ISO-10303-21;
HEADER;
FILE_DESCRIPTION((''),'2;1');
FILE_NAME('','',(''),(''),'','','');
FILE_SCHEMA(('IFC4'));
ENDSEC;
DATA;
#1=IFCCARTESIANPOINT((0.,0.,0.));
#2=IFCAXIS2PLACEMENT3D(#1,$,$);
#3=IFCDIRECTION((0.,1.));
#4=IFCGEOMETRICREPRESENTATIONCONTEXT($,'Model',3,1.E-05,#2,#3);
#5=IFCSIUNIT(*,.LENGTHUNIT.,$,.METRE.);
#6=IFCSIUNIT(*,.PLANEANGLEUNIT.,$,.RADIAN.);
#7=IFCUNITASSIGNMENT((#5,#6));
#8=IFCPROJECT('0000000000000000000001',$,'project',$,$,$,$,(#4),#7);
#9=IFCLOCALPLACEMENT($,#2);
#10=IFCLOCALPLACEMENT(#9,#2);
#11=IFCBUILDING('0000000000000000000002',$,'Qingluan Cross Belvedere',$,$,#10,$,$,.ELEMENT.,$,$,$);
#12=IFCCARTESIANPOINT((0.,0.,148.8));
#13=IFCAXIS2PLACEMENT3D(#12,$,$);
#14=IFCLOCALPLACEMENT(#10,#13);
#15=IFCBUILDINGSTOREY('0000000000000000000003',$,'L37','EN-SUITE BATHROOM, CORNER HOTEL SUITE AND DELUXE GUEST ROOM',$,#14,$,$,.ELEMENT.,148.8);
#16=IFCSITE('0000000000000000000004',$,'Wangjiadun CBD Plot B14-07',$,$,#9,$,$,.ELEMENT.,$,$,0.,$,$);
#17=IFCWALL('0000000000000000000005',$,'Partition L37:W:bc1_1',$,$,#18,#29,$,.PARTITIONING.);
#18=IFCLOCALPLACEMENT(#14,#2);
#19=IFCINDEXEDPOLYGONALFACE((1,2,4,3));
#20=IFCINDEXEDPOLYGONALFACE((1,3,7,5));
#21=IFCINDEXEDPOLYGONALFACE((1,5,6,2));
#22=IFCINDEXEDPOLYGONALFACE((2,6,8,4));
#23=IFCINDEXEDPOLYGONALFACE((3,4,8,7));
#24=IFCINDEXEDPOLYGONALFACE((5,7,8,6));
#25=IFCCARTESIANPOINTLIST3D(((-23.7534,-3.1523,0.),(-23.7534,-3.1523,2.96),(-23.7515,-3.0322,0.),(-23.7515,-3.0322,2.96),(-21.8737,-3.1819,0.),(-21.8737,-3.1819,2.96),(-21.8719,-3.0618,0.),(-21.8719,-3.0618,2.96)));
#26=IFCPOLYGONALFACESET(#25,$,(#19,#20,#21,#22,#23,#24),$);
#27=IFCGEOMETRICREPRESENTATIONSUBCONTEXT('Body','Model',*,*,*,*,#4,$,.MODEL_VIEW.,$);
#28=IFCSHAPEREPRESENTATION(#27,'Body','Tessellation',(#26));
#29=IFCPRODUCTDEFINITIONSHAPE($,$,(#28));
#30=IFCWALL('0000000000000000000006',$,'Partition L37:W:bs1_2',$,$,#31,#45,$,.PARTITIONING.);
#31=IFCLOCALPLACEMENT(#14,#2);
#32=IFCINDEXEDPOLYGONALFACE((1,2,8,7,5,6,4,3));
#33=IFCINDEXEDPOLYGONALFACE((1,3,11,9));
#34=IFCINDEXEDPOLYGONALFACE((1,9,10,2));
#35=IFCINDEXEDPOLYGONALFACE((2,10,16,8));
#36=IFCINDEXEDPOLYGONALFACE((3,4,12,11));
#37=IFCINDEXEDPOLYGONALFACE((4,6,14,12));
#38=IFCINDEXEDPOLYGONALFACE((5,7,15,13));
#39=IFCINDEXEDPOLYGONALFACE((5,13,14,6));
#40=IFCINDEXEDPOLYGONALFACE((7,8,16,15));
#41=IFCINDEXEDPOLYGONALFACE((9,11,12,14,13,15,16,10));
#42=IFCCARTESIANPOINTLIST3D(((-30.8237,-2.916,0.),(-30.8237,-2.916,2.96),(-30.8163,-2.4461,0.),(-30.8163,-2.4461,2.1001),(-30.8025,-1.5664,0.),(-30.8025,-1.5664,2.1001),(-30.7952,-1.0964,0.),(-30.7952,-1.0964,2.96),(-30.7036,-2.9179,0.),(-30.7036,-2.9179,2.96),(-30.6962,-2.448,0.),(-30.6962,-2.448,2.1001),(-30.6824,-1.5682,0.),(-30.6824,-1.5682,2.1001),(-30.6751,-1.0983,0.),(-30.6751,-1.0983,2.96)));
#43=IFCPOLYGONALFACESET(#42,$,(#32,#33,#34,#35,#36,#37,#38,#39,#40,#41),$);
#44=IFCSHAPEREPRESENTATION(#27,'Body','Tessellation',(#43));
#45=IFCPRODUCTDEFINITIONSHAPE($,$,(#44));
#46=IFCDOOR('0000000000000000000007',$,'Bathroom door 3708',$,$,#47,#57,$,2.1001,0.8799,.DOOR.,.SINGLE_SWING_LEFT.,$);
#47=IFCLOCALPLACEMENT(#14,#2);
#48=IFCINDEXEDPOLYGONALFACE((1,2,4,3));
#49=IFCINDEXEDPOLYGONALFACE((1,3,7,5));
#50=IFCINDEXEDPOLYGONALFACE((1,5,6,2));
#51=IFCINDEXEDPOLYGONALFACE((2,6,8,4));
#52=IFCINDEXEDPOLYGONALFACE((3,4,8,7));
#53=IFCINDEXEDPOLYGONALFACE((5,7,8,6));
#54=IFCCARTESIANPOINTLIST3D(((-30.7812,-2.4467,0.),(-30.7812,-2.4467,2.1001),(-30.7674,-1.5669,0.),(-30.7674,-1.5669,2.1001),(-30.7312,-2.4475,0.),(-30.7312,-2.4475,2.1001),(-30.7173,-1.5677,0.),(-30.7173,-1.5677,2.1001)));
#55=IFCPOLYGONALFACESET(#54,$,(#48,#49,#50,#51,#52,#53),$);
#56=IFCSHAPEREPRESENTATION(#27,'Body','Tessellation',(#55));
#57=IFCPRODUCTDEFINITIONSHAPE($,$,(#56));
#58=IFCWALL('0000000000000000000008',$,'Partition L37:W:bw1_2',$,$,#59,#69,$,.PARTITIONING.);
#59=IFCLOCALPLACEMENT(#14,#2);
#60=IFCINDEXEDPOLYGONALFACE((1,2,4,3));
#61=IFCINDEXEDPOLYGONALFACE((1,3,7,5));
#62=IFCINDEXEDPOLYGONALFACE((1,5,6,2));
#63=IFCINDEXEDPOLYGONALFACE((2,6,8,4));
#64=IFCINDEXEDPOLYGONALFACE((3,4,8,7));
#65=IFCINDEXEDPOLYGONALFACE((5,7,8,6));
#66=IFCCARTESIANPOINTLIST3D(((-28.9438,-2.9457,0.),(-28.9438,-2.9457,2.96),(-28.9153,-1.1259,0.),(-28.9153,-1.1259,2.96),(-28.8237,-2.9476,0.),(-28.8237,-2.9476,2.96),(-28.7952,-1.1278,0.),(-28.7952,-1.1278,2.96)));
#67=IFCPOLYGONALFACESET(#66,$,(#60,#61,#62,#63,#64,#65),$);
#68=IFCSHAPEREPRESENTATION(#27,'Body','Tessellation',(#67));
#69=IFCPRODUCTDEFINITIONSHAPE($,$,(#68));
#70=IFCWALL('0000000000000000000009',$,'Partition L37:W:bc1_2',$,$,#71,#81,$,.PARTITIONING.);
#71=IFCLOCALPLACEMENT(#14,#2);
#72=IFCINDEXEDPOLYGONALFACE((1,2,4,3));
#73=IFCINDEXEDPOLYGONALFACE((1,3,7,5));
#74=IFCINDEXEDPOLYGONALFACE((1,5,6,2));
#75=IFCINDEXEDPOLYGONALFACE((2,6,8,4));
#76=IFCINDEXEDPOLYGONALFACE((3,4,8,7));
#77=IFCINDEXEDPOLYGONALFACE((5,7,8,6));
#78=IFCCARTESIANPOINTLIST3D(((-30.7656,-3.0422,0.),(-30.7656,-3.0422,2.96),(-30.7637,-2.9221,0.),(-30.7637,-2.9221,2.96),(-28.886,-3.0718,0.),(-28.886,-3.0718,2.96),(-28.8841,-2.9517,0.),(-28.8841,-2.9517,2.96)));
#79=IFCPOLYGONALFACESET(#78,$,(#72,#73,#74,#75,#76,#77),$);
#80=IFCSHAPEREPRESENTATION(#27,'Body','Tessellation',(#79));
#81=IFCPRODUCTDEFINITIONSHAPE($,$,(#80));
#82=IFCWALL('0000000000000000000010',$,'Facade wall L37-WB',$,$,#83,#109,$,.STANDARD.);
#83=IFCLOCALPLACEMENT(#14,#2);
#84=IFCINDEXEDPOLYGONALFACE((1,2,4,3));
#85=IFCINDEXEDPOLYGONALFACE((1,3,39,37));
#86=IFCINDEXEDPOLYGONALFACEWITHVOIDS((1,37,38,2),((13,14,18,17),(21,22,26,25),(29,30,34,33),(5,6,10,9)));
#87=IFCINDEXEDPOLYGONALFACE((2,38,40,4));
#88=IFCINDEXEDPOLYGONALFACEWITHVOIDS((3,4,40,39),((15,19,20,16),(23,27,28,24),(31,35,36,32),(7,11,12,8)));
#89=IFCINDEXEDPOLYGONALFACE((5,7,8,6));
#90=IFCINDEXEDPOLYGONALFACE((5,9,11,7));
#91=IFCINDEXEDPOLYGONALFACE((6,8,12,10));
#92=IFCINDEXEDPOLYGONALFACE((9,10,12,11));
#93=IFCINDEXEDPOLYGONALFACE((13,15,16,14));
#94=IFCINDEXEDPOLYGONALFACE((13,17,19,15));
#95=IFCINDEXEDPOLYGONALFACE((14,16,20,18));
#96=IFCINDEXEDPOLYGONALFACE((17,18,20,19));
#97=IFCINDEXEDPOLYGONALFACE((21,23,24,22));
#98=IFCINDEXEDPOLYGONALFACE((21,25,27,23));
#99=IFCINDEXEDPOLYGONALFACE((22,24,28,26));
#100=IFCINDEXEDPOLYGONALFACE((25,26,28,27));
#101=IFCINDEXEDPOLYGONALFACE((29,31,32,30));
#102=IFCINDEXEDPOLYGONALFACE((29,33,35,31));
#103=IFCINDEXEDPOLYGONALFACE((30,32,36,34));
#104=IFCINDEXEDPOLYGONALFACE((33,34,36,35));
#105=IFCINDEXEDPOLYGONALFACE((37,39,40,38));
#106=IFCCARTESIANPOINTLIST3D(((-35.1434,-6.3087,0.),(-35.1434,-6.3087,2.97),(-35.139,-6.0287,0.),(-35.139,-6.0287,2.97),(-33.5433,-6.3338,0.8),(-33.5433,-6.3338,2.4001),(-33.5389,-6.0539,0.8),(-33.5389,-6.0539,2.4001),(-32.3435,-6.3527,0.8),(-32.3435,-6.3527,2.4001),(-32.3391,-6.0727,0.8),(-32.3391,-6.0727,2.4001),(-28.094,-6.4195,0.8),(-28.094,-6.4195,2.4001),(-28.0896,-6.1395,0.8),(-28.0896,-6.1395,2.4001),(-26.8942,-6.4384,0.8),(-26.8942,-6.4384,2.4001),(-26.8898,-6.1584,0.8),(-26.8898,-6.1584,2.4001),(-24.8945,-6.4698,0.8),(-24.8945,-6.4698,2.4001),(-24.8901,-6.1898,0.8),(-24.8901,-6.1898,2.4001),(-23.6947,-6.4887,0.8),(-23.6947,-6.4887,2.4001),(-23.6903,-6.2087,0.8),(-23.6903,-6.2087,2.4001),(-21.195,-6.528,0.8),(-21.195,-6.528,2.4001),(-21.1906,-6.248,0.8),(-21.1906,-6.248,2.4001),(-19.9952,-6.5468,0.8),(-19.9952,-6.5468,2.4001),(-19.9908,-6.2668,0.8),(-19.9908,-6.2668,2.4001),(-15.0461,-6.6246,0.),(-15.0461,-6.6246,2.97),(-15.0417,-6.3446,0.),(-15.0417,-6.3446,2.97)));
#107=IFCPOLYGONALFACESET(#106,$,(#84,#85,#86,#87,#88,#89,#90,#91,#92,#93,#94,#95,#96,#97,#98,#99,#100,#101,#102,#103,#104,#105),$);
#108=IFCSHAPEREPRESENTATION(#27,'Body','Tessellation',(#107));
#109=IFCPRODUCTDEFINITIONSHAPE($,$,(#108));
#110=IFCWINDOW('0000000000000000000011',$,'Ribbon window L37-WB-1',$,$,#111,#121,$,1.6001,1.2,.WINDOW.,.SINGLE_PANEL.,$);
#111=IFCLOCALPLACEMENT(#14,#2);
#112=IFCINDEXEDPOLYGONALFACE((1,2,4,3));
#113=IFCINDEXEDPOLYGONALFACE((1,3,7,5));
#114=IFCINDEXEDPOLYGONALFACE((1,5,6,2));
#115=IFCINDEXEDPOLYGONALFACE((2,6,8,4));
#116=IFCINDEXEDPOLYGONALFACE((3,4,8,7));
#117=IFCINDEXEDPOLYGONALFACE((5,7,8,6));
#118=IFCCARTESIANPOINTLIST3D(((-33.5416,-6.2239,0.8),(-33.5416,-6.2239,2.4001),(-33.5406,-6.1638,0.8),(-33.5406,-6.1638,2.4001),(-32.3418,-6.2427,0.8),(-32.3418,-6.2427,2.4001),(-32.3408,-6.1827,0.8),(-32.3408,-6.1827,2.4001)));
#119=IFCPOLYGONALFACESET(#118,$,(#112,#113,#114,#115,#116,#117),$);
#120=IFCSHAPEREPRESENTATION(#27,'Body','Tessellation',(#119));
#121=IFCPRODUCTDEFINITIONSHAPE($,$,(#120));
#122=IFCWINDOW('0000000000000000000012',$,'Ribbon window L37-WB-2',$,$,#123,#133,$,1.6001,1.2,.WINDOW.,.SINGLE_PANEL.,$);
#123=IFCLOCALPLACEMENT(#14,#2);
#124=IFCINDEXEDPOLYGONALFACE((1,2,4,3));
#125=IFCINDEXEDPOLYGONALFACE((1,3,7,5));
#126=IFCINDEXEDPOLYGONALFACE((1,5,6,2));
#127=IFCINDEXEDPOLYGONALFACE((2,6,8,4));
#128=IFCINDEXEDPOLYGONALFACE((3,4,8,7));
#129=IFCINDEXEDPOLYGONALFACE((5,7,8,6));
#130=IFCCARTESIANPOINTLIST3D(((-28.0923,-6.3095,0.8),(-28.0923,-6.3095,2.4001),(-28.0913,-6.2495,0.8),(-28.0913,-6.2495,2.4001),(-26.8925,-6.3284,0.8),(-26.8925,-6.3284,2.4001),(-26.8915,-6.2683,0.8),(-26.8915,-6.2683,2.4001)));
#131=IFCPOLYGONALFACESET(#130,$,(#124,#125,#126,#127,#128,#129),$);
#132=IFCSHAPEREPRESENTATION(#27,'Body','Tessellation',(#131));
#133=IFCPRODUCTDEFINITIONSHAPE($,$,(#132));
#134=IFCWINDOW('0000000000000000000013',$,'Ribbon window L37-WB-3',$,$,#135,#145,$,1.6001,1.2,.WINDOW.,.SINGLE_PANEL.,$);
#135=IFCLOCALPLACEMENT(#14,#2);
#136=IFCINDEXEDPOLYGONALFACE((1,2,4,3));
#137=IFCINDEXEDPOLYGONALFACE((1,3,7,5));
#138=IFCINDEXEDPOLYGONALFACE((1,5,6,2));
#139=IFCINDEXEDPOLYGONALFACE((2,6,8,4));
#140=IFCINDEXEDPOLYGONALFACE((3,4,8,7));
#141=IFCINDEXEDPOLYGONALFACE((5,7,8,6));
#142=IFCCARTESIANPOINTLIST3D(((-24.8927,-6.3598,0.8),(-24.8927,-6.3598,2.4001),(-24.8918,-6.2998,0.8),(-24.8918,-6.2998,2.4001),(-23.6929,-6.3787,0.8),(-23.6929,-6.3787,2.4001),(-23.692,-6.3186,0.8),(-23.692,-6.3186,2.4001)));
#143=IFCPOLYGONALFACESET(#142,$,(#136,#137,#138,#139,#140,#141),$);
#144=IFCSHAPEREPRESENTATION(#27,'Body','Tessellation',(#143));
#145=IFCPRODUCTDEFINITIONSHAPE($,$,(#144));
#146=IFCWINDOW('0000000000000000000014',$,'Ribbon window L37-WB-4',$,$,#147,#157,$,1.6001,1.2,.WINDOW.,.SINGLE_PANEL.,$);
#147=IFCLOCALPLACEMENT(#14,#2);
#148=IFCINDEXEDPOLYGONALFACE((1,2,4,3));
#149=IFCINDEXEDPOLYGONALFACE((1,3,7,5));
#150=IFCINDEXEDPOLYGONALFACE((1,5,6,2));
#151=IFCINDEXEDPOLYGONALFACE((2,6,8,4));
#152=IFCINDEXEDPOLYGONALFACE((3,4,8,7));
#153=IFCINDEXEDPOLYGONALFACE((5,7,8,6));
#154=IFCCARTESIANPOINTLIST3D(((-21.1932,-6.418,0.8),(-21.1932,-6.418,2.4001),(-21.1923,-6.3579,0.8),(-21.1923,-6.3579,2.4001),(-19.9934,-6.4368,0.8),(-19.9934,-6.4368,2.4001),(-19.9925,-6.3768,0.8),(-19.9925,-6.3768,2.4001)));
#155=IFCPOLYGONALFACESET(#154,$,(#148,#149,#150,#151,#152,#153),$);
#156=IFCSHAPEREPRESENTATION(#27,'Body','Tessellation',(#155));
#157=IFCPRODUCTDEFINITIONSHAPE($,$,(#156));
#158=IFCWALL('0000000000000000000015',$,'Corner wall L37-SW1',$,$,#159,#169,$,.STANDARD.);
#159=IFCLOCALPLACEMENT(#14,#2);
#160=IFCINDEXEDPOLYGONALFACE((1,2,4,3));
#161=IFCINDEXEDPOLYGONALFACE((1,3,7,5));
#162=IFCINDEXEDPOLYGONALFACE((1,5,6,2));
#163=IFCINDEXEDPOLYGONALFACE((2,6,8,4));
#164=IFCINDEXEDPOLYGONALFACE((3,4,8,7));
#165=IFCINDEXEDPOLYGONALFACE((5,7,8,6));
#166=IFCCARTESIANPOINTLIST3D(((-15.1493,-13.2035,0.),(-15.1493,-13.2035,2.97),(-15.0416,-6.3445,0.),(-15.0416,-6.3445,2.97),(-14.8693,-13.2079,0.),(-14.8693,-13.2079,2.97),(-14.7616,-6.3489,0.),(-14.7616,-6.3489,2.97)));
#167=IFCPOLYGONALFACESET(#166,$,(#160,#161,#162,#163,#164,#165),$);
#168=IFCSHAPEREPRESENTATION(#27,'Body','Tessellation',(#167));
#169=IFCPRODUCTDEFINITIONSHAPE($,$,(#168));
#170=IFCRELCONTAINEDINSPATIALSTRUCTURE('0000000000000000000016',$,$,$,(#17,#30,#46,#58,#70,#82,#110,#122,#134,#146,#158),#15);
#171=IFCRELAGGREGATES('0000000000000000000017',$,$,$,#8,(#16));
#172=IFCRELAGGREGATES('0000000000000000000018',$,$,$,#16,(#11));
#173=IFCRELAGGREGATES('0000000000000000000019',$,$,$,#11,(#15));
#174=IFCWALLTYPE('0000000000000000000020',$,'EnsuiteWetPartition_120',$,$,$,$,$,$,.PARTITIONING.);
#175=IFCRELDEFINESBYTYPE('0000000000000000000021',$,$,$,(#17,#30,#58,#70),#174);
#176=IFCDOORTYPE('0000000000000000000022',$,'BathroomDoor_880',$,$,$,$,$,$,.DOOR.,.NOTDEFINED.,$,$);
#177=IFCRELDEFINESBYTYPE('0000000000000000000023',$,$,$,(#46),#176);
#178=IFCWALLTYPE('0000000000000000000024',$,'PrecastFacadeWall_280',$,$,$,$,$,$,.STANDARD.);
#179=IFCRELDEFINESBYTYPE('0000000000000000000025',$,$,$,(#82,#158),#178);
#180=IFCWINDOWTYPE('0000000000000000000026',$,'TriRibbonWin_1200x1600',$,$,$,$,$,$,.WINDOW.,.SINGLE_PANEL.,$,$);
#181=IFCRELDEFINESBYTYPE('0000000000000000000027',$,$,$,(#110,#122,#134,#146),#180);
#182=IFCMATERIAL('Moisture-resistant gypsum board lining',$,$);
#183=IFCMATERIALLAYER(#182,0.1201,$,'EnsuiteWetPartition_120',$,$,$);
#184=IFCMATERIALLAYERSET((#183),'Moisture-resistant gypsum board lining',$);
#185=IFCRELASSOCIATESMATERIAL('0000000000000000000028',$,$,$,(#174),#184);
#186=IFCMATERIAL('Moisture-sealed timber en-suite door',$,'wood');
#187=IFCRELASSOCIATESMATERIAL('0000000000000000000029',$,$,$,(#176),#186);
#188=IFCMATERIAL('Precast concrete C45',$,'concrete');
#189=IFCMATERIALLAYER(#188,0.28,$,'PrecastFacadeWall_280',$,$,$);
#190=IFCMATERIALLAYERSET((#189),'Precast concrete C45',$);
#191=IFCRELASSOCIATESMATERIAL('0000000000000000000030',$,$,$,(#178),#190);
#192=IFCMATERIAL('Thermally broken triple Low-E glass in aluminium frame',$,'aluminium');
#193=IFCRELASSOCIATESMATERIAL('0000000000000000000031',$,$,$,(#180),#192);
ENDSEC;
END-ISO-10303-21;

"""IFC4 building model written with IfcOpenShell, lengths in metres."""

from ifc_helpers import new_model, si_unit, direction, frame, frame_2d, origin, place, context, subcontext, project, spatial, rectangle, extrude, material, layer, layer_set, type_object, element, fill, save


model = new_model("IFC4")

# Units and contexts
model_context = context("Model", 3, precision=1e-05, world=origin(), true_north=direction((0.0, 1.0)))
body_context = subcontext(model_context, "Body", "Model", "MODEL_VIEW")
ifc_project = project(units=[si_unit("LENGTHUNIT", "METRE"), si_unit("PLANEANGLEUNIT", "RADIAN")], contexts=[model_context])

# Site, building, storey
site_placement = place(None, origin())
site = spatial("IfcSite", under=ifc_project, at=site_placement, Name="Wangjiadun CBD Plot B14-07", CompositionType="ELEMENT", RefElevation=0.0)
building_placement = place(site_placement, origin())
building = spatial("IfcBuilding", under=site, at=building_placement, Name="Qingluan Cross Belvedere", CompositionType="ELEMENT")
storey_placement = place(building_placement, frame((0.0, 0.0, 148.8)))
storey = spatial("IfcBuildingStorey", under=building, at=storey_placement, Name="L37", Description="EN-SUITE BATHROOM, CORNER HOTEL SUITE AND DELUXE GUEST ROOM", CompositionType="ELEMENT", Elevation=148.8)

# Shared definitions
ifc_material_1 = material(Name="Moisture-resistant gypsum board lining")
ifc_layer_1 = layer(ifc_material_1, 0.1201, Name="EnsuiteWetPartition_120")
ifc_layer_set_1 = layer_set([ifc_layer_1], Name="Moisture-resistant gypsum board lining")
wall_type_1 = type_object("IfcWallType", Name="EnsuiteWetPartition_120", PredefinedType="PARTITIONING", material=ifc_layer_set_1)
ifc_material_2 = material(Name="Moisture-sealed timber en-suite door", Category="wood")
door_type = type_object("IfcDoorType", Name="BathroomDoor_880", OperationType="NOTDEFINED", PredefinedType="DOOR", material=ifc_material_2)

# Wall
wall_1_placement = place(storey_placement, frame((-21.8728, -3.1218, 0.0), z_axis=(0.0, 0.0, 1.0), x_axis=(-0.999877, 0.015714, 0.0)))
element("IfcWall", 1, at=wall_1_placement, inside=storey, type_object=wall_type_1, Name="Partition L37:W:bc1_1", PredefinedType="PARTITIONING", context=body_context, shape_type="SweptSolid", body=[
    extrude(rectangle(XDim=1.8799, YDim=0.1201, at=frame_2d((0.9399, 0.0))), origin(), (0.0, 0.0, 1.0), 2.96),
])

# Wall, opening, door
wall_2_placement = place(storey_placement, frame((-30.7637, -2.917, 0.0), z_axis=(0.0, 0.0, 1.0), x_axis=(0.015696, 0.999877, 0.0)))
wall_2 = element("IfcWall", 2, at=wall_2_placement, inside=storey, type_object=wall_type_1, Name="Partition L37:W:bs1_2", PredefinedType="PARTITIONING", context=body_context, shape_type="SweptSolid", body=[
    extrude(rectangle(XDim=1.8198, YDim=0.1201, at=frame_2d((0.9099, 0.0))), origin(), (0.0, 0.0, 1.0), 2.96),
])
opening_1_placement = place(wall_2_placement, frame((0.47, 0.0, 0.0)))
opening_1 = element("IfcOpeningElement", 3, at=opening_1_placement, cuts=wall_2, PredefinedType="OPENING", context=body_context, shape_type="SweptSolid", body=[
    extrude(rectangle(XDim=0.8799, YDim=2.1001, at=frame_2d((0.4399, 1.05))), frame((0.0, 0.0701, 0.0), z_axis=(0.0, -1.0, 0.0), x_axis=(1.0, 0.0, 0.0)), (0.0, 0.0, 1.0), 0.1401),
])
door_1_placement = place(opening_1_placement, origin())
door_1 = element("IfcDoor", 4, at=door_1_placement, inside=storey, type_object=door_type, Name="Bathroom door 3708", OperationType="SINGLE_SWING_LEFT", OverallHeight=2.1001, OverallWidth=0.8799, PredefinedType="DOOR", context=body_context, shape_type="SweptSolid", body=[
    extrude(rectangle(XDim=0.8799, YDim=2.1001, at=frame_2d((0.4399, 1.05))), frame((0.0, 0.0249, 0.0), z_axis=(0.0, -1.0, 0.0), x_axis=(1.0, 0.0, 0.0)), (0.0, 0.0, 1.0), 0.05),
])
fill(opening_1, door_1)

# Walls
wall_3_placement = place(storey_placement, frame((-28.8838, -2.9468, 0.0), z_axis=(0.0, 0.0, 1.0), x_axis=(0.015694, 0.999877, 0.0)))
element("IfcWall", 5, at=wall_3_placement, inside=storey, type_object=wall_type_1, Name="Partition L37:W:bw1_2", PredefinedType="PARTITIONING", context=body_context, shape_type="SweptSolid", body=[
    extrude(rectangle(XDim=1.8201, YDim=0.1201, at=frame_2d((0.9102, 0.0))), origin(), (0.0, 0.0, 1.0), 2.96),
])
wall_4_placement = place(storey_placement, frame((-28.885, -3.0117, 0.0), z_axis=(0.0, 0.0, 1.0), x_axis=(-0.999877, 0.015714, 0.0)))
element("IfcWall", 6, at=wall_4_placement, inside=storey, type_object=wall_type_1, Name="Partition L37:W:bc1_2", PredefinedType="PARTITIONING", context=body_context, shape_type="SweptSolid", body=[
    extrude(rectangle(XDim=1.8799, YDim=0.1201, at=frame_2d((0.9399, 0.0))), origin(), (0.0, 0.0, 1.0), 2.96),
])

# Wall, openings, windows
ifc_material_3 = material(Name="Precast concrete C45", Category="concrete")
ifc_layer_2 = layer(ifc_material_3, 0.28, Name="PrecastFacadeWall_280")
ifc_layer_set_2 = layer_set([ifc_layer_2], Name="Precast concrete C45")
wall_type_2 = type_object("IfcWallType", Name="PrecastFacadeWall_280", PredefinedType="STANDARD", material=ifc_layer_set_2)
wall_5_placement = place(storey_placement, frame((-35.1411, -6.1687, 0.0), z_axis=(0.0, 0.0, 1.0), x_axis=(0.999876, -0.015717, 0.0)))
wall_5 = element("IfcWall", 7, at=wall_5_placement, inside=storey, type_object=wall_type_2, Name="Facade wall L37-WB", PredefinedType="STANDARD", context=body_context, shape_type="SweptSolid", body=[
    extrude(rectangle(XDim=20.0999, YDim=0.28, at=frame_2d((10.0498, 0.0))), origin(), (0.0, 0.0, 1.0), 2.97),
])
opening_2_placement = place(wall_5_placement, frame((1.6001, 0.0, 0.8)))
opening_2 = element("IfcOpeningElement", 8, at=opening_2_placement, cuts=wall_5, PredefinedType="OPENING", context=body_context, shape_type="SweptSolid", body=[
    extrude(rectangle(XDim=1.2, YDim=1.6001, at=frame_2d((0.6001, 0.8))), frame((0.0, 0.1499, 0.0), z_axis=(0.0, -1.0, 0.0), x_axis=(1.0, 0.0, 0.0)), (0.0, 0.0, 1.0), 0.3),
])
opening_3_placement = place(wall_5_placement, frame((7.05, 0.0, 0.8)))
opening_3 = element("IfcOpeningElement", 9, at=opening_3_placement, cuts=wall_5, PredefinedType="OPENING", context=body_context, shape_type="SweptSolid", body=[
    extrude(rectangle(XDim=1.2, YDim=1.6001, at=frame_2d((0.6001, 0.8))), frame((0.0, 0.1499, 0.0), z_axis=(0.0, -1.0, 0.0), x_axis=(1.0, 0.0, 0.0)), (0.0, 0.0, 1.0), 0.3),
])
opening_4_placement = place(wall_5_placement, frame((10.25, 0.0, 0.8)))
opening_4 = element("IfcOpeningElement", 10, at=opening_4_placement, cuts=wall_5, PredefinedType="OPENING", context=body_context, shape_type="SweptSolid", body=[
    extrude(rectangle(XDim=1.2, YDim=1.6001, at=frame_2d((0.6001, 0.8))), frame((0.0, 0.1499, 0.0), z_axis=(0.0, -1.0, 0.0), x_axis=(1.0, 0.0, 0.0)), (0.0, 0.0, 1.0), 0.3),
])
opening_5_placement = place(wall_5_placement, frame((13.95, 0.0, 0.8)))
opening_5 = element("IfcOpeningElement", 11, at=opening_5_placement, cuts=wall_5, PredefinedType="OPENING", context=body_context, shape_type="SweptSolid", body=[
    extrude(rectangle(XDim=1.2, YDim=1.6001, at=frame_2d((0.6001, 0.8))), frame((0.0, 0.1499, 0.0), z_axis=(0.0, -1.0, 0.0), x_axis=(1.0, 0.0, 0.0)), (0.0, 0.0, 1.0), 0.3),
])
ifc_material_4 = material(Name="Thermally broken triple Low-E glass in aluminium frame", Category="aluminium")
window_type = type_object("IfcWindowType", Name="TriRibbonWin_1200x1600", PartitioningType="SINGLE_PANEL", PredefinedType="WINDOW", material=ifc_material_4)
window_1_placement = place(opening_2_placement, origin())
window_1 = element("IfcWindow", 12, at=window_1_placement, inside=storey, type_object=window_type, Name="Ribbon window L37-WB-1", OverallHeight=1.6001, OverallWidth=1.2, PartitioningType="SINGLE_PANEL", PredefinedType="WINDOW", context=body_context, shape_type="SweptSolid", body=[
    extrude(rectangle(XDim=1.2, YDim=1.6001, at=frame_2d((0.6001, 0.8))), frame((0.0, 0.03, 0.0), z_axis=(0.0, -1.0, 0.0), x_axis=(1.0, 0.0, 0.0)), (0.0, 0.0, 1.0), 0.0601),
])
fill(opening_2, window_1)
window_2_placement = place(opening_3_placement, origin())
window_2 = element("IfcWindow", 13, at=window_2_placement, inside=storey, type_object=window_type, Name="Ribbon window L37-WB-2", OverallHeight=1.6001, OverallWidth=1.2, PartitioningType="SINGLE_PANEL", PredefinedType="WINDOW", context=body_context, shape_type="SweptSolid", body=[
    extrude(rectangle(XDim=1.2, YDim=1.6001, at=frame_2d((0.6001, 0.8))), frame((0.0, 0.03, 0.0), z_axis=(0.0, -1.0, 0.0), x_axis=(1.0, 0.0, 0.0)), (0.0, 0.0, 1.0), 0.0601),
])
fill(opening_3, window_2)
window_3_placement = place(opening_4_placement, origin())
window_3 = element("IfcWindow", 14, at=window_3_placement, inside=storey, type_object=window_type, Name="Ribbon window L37-WB-3", OverallHeight=1.6001, OverallWidth=1.2, PartitioningType="SINGLE_PANEL", PredefinedType="WINDOW", context=body_context, shape_type="SweptSolid", body=[
    extrude(rectangle(XDim=1.2, YDim=1.6001, at=frame_2d((0.6001, 0.8))), frame((0.0, 0.03, 0.0), z_axis=(0.0, -1.0, 0.0), x_axis=(1.0, 0.0, 0.0)), (0.0, 0.0, 1.0), 0.0601),
])
fill(opening_4, window_3)
window_4_placement = place(opening_5_placement, origin())
window_4 = element("IfcWindow", 15, at=window_4_placement, inside=storey, type_object=window_type, Name="Ribbon window L37-WB-4", OverallHeight=1.6001, OverallWidth=1.2, PartitioningType="SINGLE_PANEL", PredefinedType="WINDOW", context=body_context, shape_type="SweptSolid", body=[
    extrude(rectangle(XDim=1.2, YDim=1.6001, at=frame_2d((0.6001, 0.8))), frame((0.0, 0.03, 0.0), z_axis=(0.0, -1.0, 0.0), x_axis=(1.0, 0.0, 0.0)), (0.0, 0.0, 1.0), 0.0601),
])
fill(opening_5, window_4)

# Wall
wall_6_placement = place(storey_placement, frame((-14.9016, -6.3467, 0.0), z_axis=(0.0, 0.0, 1.0), x_axis=(-0.015695, -0.999877, 0.0)))
element("IfcWall", 16, at=wall_6_placement, inside=storey, type_object=wall_type_2, Name="Corner wall L37-SW1", PredefinedType="STANDARD", context=body_context, shape_type="SweptSolid", body=[
    extrude(rectangle(XDim=6.8599, YDim=0.28, at=frame_2d((3.4299, 0.0))), origin(), (0.0, 0.0, 1.0), 2.97),
])

save(model, "model.ifc")
